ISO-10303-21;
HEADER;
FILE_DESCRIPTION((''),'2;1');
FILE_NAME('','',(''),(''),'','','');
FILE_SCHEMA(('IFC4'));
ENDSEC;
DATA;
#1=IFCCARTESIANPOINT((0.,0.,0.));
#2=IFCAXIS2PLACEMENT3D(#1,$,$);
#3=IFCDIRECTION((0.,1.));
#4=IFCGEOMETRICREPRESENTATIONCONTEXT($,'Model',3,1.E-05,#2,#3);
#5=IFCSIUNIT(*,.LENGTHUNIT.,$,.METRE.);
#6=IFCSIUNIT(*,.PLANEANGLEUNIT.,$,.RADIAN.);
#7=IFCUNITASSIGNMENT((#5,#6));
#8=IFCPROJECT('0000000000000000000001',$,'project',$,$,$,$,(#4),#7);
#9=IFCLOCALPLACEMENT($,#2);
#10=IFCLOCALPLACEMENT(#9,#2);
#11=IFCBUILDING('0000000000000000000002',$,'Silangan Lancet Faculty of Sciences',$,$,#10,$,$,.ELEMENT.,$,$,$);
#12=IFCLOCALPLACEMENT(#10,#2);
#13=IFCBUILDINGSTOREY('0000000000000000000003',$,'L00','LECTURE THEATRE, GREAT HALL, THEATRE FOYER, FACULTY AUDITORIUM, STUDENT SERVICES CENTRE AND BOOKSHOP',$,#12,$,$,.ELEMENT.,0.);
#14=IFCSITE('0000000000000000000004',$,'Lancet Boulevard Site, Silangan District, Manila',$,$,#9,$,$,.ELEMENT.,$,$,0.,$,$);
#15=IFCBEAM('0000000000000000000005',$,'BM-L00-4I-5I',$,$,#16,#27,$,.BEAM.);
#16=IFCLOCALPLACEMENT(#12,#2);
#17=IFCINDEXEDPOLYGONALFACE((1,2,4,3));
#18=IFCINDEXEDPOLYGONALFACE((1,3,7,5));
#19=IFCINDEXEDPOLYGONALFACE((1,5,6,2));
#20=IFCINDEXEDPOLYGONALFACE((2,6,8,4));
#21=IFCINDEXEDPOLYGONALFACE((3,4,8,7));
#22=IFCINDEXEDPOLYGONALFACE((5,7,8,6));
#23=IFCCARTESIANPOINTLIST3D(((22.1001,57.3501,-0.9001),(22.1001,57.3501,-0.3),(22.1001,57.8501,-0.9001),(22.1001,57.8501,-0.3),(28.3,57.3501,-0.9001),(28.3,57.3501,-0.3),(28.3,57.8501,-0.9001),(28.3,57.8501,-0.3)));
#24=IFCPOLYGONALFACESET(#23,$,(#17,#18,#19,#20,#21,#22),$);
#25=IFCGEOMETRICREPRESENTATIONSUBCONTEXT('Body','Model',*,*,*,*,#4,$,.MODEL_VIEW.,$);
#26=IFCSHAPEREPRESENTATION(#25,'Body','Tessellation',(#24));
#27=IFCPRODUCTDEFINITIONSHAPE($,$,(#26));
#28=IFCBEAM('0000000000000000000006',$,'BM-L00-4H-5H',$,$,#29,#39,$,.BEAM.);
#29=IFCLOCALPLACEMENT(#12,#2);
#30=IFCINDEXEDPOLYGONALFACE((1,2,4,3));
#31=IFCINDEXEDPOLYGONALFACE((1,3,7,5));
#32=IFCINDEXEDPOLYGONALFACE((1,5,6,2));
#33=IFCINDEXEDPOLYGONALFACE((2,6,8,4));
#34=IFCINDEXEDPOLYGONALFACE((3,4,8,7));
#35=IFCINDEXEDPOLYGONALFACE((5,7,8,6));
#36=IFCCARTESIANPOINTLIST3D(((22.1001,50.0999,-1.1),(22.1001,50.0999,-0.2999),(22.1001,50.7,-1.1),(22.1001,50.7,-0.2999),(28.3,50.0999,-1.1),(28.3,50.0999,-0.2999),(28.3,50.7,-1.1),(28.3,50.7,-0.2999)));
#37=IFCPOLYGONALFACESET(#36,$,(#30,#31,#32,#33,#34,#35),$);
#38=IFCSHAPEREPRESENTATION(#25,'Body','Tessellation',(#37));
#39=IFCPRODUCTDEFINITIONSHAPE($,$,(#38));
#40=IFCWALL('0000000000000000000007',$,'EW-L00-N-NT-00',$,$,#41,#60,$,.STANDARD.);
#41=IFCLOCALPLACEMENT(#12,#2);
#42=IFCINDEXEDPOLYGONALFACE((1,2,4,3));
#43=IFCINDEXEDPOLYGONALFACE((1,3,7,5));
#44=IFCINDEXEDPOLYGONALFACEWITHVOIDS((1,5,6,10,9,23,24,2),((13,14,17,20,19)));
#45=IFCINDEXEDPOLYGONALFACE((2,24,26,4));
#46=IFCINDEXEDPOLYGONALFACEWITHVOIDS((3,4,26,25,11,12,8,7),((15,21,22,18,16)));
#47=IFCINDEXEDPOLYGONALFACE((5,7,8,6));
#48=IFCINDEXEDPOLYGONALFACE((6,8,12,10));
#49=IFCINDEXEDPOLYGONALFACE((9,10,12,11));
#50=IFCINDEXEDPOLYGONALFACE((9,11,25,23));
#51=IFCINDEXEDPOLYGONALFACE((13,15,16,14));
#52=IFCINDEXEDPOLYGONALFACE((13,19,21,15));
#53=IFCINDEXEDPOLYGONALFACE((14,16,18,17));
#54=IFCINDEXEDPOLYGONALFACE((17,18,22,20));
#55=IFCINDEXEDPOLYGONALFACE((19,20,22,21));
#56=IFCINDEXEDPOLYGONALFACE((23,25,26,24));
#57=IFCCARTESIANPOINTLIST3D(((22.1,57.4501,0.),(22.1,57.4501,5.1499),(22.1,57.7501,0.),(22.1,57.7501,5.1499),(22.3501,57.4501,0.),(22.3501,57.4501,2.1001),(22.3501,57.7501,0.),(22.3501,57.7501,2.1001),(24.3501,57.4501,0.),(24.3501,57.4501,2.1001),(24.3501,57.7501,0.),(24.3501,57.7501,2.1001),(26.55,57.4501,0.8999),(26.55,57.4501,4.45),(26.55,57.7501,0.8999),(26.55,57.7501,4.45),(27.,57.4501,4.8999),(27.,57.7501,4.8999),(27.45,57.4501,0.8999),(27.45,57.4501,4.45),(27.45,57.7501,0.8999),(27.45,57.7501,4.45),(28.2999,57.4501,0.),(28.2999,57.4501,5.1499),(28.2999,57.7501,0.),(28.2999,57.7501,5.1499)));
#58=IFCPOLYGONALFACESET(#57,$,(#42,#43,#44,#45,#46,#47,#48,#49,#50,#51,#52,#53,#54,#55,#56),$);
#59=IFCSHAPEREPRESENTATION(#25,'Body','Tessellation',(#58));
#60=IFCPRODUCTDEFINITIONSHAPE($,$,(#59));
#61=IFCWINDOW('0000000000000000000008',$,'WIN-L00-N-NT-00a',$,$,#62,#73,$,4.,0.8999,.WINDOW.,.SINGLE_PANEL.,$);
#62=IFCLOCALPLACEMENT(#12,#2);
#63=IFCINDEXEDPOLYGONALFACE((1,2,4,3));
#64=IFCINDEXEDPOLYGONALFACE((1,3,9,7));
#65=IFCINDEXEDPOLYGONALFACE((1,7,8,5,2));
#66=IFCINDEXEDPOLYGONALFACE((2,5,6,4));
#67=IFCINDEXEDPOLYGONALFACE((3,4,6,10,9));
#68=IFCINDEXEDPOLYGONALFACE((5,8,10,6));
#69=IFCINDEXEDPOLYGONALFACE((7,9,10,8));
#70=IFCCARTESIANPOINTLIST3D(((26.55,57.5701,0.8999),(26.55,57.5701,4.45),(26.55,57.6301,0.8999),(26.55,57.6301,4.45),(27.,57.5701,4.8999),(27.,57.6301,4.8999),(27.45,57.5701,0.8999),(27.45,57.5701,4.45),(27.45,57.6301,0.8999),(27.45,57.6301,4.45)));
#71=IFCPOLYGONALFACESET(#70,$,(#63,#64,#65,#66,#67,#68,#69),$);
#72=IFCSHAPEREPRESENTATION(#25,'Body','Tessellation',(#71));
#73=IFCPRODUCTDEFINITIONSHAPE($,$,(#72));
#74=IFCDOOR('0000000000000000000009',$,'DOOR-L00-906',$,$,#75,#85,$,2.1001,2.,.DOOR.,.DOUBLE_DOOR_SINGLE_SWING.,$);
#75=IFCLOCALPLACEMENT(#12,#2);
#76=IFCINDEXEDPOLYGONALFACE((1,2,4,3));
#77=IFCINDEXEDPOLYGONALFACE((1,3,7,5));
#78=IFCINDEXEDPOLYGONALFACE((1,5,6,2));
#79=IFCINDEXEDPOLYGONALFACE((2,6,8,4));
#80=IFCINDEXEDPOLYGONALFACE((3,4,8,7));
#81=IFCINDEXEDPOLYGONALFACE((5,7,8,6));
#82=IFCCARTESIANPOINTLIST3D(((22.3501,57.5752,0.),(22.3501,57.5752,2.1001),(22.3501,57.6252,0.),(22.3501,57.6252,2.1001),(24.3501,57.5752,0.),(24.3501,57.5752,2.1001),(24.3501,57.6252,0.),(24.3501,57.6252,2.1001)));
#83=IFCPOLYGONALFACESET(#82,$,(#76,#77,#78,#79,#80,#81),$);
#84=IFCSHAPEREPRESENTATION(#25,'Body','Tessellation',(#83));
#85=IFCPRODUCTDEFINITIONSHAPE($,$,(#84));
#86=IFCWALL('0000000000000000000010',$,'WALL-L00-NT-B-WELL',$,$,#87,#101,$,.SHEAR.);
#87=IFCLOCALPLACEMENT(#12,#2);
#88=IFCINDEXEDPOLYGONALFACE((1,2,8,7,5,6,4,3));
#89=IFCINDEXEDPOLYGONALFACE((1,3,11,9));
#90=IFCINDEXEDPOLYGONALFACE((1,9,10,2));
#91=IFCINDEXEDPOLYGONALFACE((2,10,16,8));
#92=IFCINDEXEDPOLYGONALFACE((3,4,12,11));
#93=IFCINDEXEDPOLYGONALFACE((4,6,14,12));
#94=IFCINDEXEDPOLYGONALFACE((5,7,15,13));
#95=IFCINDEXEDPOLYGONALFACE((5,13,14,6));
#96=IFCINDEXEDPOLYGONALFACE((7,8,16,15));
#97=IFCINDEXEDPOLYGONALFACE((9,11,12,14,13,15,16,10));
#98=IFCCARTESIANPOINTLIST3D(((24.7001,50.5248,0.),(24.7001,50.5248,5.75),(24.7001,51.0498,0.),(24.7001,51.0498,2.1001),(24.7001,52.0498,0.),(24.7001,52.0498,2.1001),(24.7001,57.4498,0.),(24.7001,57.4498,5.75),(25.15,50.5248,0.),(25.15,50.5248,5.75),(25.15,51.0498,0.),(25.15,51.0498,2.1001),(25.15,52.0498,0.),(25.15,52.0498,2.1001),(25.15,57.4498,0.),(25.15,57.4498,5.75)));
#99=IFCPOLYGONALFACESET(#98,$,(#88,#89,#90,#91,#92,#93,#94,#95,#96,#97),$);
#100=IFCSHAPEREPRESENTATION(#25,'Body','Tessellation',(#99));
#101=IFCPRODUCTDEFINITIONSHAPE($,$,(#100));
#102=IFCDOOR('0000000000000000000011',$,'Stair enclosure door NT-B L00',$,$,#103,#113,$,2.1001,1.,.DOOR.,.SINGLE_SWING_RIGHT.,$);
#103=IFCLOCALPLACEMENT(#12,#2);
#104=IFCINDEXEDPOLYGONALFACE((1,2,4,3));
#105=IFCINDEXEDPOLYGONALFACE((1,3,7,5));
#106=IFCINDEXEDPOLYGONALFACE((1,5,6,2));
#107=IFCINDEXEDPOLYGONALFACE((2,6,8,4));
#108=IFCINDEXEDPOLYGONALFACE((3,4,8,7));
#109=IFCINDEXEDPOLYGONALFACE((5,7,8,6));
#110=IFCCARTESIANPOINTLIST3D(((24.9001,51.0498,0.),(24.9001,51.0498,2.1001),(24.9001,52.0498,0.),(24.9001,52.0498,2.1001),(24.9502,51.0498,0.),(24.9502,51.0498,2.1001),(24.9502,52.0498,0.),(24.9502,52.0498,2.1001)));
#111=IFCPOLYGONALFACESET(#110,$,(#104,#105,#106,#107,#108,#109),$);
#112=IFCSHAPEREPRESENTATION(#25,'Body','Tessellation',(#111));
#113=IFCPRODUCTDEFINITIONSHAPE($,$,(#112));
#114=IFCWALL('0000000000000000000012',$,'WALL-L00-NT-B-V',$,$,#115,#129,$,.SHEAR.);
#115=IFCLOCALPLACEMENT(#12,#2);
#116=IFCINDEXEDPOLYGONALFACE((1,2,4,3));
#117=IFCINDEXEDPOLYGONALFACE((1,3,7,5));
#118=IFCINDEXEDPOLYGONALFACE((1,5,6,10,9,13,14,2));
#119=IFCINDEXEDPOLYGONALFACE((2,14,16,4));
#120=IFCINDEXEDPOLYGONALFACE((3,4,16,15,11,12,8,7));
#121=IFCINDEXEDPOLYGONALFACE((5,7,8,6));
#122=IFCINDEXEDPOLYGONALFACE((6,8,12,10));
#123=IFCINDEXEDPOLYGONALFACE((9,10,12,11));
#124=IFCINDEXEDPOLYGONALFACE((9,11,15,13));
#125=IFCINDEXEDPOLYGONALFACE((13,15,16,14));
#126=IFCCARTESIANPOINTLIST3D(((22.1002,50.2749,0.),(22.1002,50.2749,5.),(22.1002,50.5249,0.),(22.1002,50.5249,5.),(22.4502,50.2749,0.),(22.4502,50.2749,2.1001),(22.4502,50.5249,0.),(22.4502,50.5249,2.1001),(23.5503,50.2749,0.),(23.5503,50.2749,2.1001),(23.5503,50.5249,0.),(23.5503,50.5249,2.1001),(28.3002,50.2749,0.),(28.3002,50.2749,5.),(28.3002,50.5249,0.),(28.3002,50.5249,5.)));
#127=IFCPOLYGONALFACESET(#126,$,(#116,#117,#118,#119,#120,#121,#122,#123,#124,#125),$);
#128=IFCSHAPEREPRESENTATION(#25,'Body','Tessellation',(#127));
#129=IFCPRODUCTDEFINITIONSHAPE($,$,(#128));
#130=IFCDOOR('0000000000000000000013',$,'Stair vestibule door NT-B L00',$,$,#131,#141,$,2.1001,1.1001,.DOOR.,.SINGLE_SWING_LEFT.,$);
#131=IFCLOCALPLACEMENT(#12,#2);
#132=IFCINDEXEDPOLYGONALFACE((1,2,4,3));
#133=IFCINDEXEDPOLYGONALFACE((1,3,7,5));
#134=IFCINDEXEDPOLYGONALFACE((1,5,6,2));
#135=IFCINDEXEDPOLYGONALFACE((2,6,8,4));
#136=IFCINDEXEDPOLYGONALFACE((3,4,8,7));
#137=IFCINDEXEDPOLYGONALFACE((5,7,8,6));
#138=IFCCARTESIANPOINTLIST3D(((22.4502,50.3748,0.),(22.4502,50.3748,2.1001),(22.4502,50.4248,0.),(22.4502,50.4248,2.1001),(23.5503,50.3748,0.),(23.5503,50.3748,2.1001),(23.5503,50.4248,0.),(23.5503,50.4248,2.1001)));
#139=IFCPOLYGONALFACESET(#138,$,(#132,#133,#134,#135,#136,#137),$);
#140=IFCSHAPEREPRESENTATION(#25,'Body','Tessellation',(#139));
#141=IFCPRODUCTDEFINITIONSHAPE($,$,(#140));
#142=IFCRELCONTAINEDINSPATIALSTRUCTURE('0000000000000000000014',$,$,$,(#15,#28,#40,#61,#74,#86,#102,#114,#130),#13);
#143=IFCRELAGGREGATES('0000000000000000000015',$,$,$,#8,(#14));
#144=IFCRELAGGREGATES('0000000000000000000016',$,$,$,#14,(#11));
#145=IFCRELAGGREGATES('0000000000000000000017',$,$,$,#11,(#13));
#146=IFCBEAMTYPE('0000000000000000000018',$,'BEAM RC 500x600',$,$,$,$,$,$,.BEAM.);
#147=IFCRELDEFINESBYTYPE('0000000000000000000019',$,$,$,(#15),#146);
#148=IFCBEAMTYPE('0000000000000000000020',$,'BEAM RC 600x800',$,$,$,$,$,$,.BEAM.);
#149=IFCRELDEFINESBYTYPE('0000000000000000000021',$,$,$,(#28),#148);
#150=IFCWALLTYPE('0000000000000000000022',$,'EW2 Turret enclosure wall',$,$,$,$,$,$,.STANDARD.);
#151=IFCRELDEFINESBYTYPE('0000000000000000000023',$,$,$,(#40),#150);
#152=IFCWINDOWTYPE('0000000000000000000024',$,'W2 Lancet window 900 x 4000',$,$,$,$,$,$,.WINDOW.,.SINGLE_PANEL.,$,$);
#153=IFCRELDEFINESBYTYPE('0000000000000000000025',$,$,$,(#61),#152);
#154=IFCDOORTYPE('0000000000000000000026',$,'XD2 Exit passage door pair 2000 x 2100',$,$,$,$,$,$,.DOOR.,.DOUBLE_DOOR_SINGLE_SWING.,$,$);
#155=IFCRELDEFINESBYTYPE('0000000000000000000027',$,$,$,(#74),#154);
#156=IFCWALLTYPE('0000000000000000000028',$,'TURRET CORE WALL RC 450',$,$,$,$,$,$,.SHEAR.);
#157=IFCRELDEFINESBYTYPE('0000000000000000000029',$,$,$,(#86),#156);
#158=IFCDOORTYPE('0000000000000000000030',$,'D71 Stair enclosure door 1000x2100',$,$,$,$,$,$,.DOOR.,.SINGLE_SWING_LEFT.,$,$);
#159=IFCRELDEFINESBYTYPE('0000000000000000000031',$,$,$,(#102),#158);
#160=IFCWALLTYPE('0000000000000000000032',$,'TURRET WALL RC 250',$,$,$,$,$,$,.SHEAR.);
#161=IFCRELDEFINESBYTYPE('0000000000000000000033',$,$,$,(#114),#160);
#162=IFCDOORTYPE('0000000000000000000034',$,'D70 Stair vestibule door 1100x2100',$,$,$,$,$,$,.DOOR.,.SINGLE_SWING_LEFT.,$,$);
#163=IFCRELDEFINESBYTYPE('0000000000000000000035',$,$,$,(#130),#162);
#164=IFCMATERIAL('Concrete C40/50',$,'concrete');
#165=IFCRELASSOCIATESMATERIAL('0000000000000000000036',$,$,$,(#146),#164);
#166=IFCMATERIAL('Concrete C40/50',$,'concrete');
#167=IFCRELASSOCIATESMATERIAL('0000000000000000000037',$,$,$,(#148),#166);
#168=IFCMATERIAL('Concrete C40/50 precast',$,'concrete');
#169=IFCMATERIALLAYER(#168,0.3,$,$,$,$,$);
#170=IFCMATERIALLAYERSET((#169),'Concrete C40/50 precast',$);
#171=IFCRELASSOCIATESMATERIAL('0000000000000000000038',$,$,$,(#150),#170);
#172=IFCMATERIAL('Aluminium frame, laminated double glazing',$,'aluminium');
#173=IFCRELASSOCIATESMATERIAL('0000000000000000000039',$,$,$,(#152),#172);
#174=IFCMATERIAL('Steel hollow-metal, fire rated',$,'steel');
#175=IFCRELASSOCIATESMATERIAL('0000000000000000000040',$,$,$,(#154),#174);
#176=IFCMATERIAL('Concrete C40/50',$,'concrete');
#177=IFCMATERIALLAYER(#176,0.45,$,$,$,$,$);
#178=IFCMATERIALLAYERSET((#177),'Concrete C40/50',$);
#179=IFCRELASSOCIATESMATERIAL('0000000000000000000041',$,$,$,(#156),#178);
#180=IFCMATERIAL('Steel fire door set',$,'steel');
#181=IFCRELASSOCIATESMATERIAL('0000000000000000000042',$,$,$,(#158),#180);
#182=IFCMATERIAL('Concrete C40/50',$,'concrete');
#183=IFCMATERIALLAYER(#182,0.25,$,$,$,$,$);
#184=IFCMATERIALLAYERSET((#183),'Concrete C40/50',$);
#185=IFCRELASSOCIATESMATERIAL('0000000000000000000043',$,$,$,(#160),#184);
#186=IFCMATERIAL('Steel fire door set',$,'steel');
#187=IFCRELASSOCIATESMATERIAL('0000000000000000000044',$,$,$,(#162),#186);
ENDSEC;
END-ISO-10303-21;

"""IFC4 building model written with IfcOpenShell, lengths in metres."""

from ifc_helpers import new_model, si_unit, direction, frame, frame_2d, origin, origin_2d, place, context, subcontext, project, spatial, polyline, rectangle, outline, extrude, material, layer, layer_set, material_profile, profile_set, type_object, element, fill, save


model = new_model("IFC4")

# Units and contexts
model_context = context("Model", 3, precision=1e-05, world=origin(), true_north=direction((0.0, 1.0)))
body_context = subcontext(model_context, "Body", "Model", "MODEL_VIEW")
ifc_project = project(units=[si_unit("LENGTHUNIT", "METRE"), si_unit("PLANEANGLEUNIT", "RADIAN")], contexts=[model_context])

# Site, building, storey
site_placement = place(None, origin())
site = spatial("IfcSite", under=ifc_project, at=site_placement, Name="Lancet Boulevard Site, Silangan District, Manila", CompositionType="ELEMENT", RefElevation=0.0)
building_placement = place(site_placement, origin())
building = spatial("IfcBuilding", under=site, at=building_placement, Name="Silangan Lancet Faculty of Sciences", CompositionType="ELEMENT")
storey_placement = place(building_placement, origin())
storey = spatial("IfcBuildingStorey", under=building, at=storey_placement, Name="L00", Description="LECTURE THEATRE, GREAT HALL, THEATRE FOYER, FACULTY AUDITORIUM, STUDENT SERVICES CENTRE AND BOOKSHOP", CompositionType="ELEMENT", Elevation=0.0)

# Beams
ifc_material_1 = material(Name="Concrete C40/50", Category="concrete")
ifc_material_profile_1 = material_profile(ifc_material_1, rectangle(XDim=0.5, YDim=0.6001, at=origin_2d()), Name="RC 500x600")
ifc_profile_set_1 = profile_set([ifc_material_profile_1], Name="Concrete C40/50")
beam_type_1 = type_object("IfcBeamType", Name="BEAM RC 500x600", PredefinedType="BEAM", material=ifc_profile_set_1)
beam_1_placement = place(storey_placement, frame((22.1001, 57.6001, -0.6001), z_axis=(1.0, 0.0, 0.0), x_axis=(0.0, 1.0, 0.0)))
element("IfcBeam", 1, at=beam_1_placement, inside=storey, type_object=beam_type_1, Name="BM-L00-4I-5I", PredefinedType="BEAM", context=body_context, shape_type="SweptSolid", body=[
    extrude(rectangle(XDim=0.5, YDim=0.6001, at=origin_2d()), origin(), (0.0, 0.0, 1.0), 6.2),
])
ifc_material_2 = material(Name="Concrete C40/50", Category="concrete")
ifc_material_profile_2 = material_profile(ifc_material_2, rectangle(XDim=0.6001, YDim=0.8, at=origin_2d()), Name="RC 600x800")
ifc_profile_set_2 = profile_set([ifc_material_profile_2], Name="Concrete C40/50")
beam_type_2 = type_object("IfcBeamType", Name="BEAM RC 600x800", PredefinedType="BEAM", material=ifc_profile_set_2)
beam_2_placement = place(storey_placement, frame((22.1001, 50.3999, -0.7), z_axis=(1.0, 0.0, 0.0), x_axis=(0.0, 1.0, 0.0)))
element("IfcBeam", 2, at=beam_2_placement, inside=storey, type_object=beam_type_2, Name="BM-L00-4H-5H", PredefinedType="BEAM", context=body_context, shape_type="SweptSolid", body=[
    extrude(rectangle(XDim=0.6001, YDim=0.8, at=origin_2d()), origin(), (0.0, 0.0, 1.0), 6.2),
])

# Wall, openings, window, door
ifc_material_3 = material(Name="Concrete C40/50 precast", Category="concrete")
ifc_layer_1 = layer(ifc_material_3, 0.3)
ifc_layer_set_1 = layer_set([ifc_layer_1], Name="Concrete C40/50 precast")
wall_type_1 = type_object("IfcWallType", Name="EW2 Turret enclosure wall", PredefinedType="STANDARD", material=ifc_layer_set_1)
wall_1_placement = place(storey_placement, frame((28.3, 57.6001, 0.0), z_axis=(0.0, 0.0, 1.0), x_axis=(-1.0, 0.0, 0.0)))
wall_1 = element("IfcWall", 3, at=wall_1_placement, inside=storey, type_object=wall_type_1, Name="EW-L00-N-NT-00", PredefinedType="STANDARD", context=body_context, shape_type="SweptSolid", body=[
    extrude(rectangle(XDim=6.2, YDim=0.3, at=frame_2d((3.1001, 0.0))), origin(), (0.0, 0.0, 1.0), 5.1499),
])
opening_1_placement = place(wall_1_placement, frame((3.95, 0.0, 0.0)))
opening_1 = element("IfcOpeningElement", 4, at=opening_1_placement, cuts=wall_1, PredefinedType="OPENING", context=body_context, shape_type="SweptSolid", body=[
    extrude(rectangle(XDim=2.0, YDim=2.1001, at=frame_2d((1.0, 1.05))), frame((0.0, 0.1599, 0.0), z_axis=(0.0, -1.0, 0.0), x_axis=(1.0, 0.0, 0.0)), (0.0, 0.0, 1.0), 0.3201),
])
opening_2_placement = place(wall_1_placement, frame((0.8501, 0.0, 0.8999)))
opening_2 = element("IfcOpeningElement", 5, at=opening_2_placement, cuts=wall_1, PredefinedType="OPENING", context=body_context, shape_type="SweptSolid", body=[
    extrude(outline(polyline([(0.0, 0.0), (0.8999, 0.0), (0.8999, 3.55), (0.45, 4.0), (0.0, 3.55), (0.0, 0.0)])), frame((0.0, 0.1599, 0.0), z_axis=(0.0, -1.0, 0.0), x_axis=(1.0, 0.0, 0.0)), (0.0, 0.0, 1.0), 0.3201),
])
ifc_material_4 = material(Name="Aluminium frame, laminated double glazing", Category="aluminium")
window_type = type_object("IfcWindowType", Name="W2 Lancet window 900 x 4000", PartitioningType="SINGLE_PANEL", PredefinedType="WINDOW", material=ifc_material_4)
window_placement = place(opening_2_placement, origin())
window = element("IfcWindow", 6, at=window_placement, inside=storey, type_object=window_type, Name="WIN-L00-N-NT-00a", OverallHeight=4.0, OverallWidth=0.8999, PartitioningType="SINGLE_PANEL", PredefinedType="WINDOW", context=body_context, shape_type="SweptSolid", body=[
    extrude(outline(polyline([(0.0, 0.0), (0.8999, 0.0), (0.8999, 3.55), (0.45, 4.0), (0.0, 3.55), (0.0, 0.0)])), frame((0.0, 0.03, 0.0), z_axis=(0.0, -1.0, 0.0), x_axis=(1.0, 0.0, 0.0)), (0.0, 0.0, 1.0), 0.0601),
])
fill(opening_2, window)
ifc_material_5 = material(Name="Steel hollow-metal, fire rated", Category="steel")
door_type_1 = type_object("IfcDoorType", Name="XD2 Exit passage door pair 2000 x 2100", OperationType="DOUBLE_DOOR_SINGLE_SWING", PredefinedType="DOOR", material=ifc_material_5)
door_1_placement = place(opening_1_placement, frame((2.0, 0.0, 0.0), z_axis=(0.0, 0.0, 1.0), x_axis=(-1.0, 0.0, 0.0)))
door_1 = element("IfcDoor", 7, at=door_1_placement, inside=storey, type_object=door_type_1, Name="DOOR-L00-906", OperationType="DOUBLE_DOOR_SINGLE_SWING", OverallHeight=2.1001, OverallWidth=2.0, PredefinedType="DOOR", context=body_context, shape_type="SweptSolid", body=[
    extrude(rectangle(XDim=2.0, YDim=2.1001, at=frame_2d((1.0, 1.05))), frame((0.0, 0.0251, 0.0), z_axis=(0.0, -1.0, 0.0), x_axis=(1.0, 0.0, 0.0)), (0.0, 0.0, 1.0), 0.05),
])
fill(opening_1, door_1)

# Walls, openings, doors
ifc_material_6 = material(Name="Concrete C40/50", Category="concrete")
ifc_layer_2 = layer(ifc_material_6, 0.45)
ifc_layer_set_2 = layer_set([ifc_layer_2], Name="Concrete C40/50")
wall_type_2 = type_object("IfcWallType", Name="TURRET CORE WALL RC 450", PredefinedType="SHEAR", material=ifc_layer_set_2)
wall_2_placement = place(storey_placement, frame((24.925, 50.5249, 0.0), z_axis=(0.0, 0.0, 1.0), x_axis=(0.0, 1.0, 0.0)))
wall_2 = element("IfcWall", 8, at=wall_2_placement, inside=storey, type_object=wall_type_2, Name="WALL-L00-NT-B-WELL", PredefinedType="SHEAR", context=body_context, shape_type="SweptSolid", body=[
    extrude(rectangle(XDim=6.925, YDim=0.45, at=frame_2d((3.4624, 0.0))), origin(), (0.0, 0.0, 1.0), 5.75),
])
opening_3_placement = place(wall_2_placement, frame((0.5249, 0.0, 0.0)))
opening_3 = element("IfcOpeningElement", 9, at=opening_3_placement, cuts=wall_2, PredefinedType="OPENING", context=body_context, shape_type="SweptSolid", body=[
    extrude(rectangle(XDim=1.0, YDim=2.1001, at=frame_2d((0.5, 1.05))), frame((0.0, 0.2349, 0.0), z_axis=(0.0, -1.0, 0.0), x_axis=(1.0, 0.0, 0.0)), (0.0, 0.0, 1.0), 0.47),
])
ifc_material_7 = material(Name="Steel fire door set", Category="steel")
door_type_2 = type_object("IfcDoorType", Name="D71 Stair enclosure door 1000x2100", OperationType="SINGLE_SWING_LEFT", PredefinedType="DOOR", material=ifc_material_7)
door_2_placement = place(opening_3_placement, frame((1.0, 0.0, 0.0), z_axis=(0.0, 0.0, 1.0), x_axis=(-1.0, 0.0, 0.0)))
door_2 = element("IfcDoor", 10, at=door_2_placement, inside=storey, type_object=door_type_2, Name="Stair enclosure door NT-B L00", OperationType="SINGLE_SWING_RIGHT", OverallHeight=2.1001, OverallWidth=1.0, PredefinedType="DOOR", context=body_context, shape_type="SweptSolid", body=[
    extrude(rectangle(XDim=1.0, YDim=2.1001, at=frame_2d((0.5, 1.05))), frame((0.0, 0.0251, 0.0), z_axis=(0.0, -1.0, 0.0), x_axis=(1.0, 0.0, 0.0)), (0.0, 0.0, 1.0), 0.05),
])
fill(opening_3, door_2)
ifc_material_8 = material(Name="Concrete C40/50", Category="concrete")
ifc_layer_3 = layer(ifc_material_8, 0.25)
ifc_layer_set_3 = layer_set([ifc_layer_3], Name="Concrete C40/50")
wall_type_3 = type_object("IfcWallType", Name="TURRET WALL RC 250", PredefinedType="SHEAR", material=ifc_layer_set_3)
wall_3_placement = place(storey_placement, frame((22.1001, 50.3999, 0.0), z_axis=(0.0, 0.0, 1.0), x_axis=(1.0, 0.0, 0.0)))
wall_3 = element("IfcWall", 11, at=wall_3_placement, inside=storey, type_object=wall_type_3, Name="WALL-L00-NT-B-V", PredefinedType="SHEAR", context=body_context, shape_type="SweptSolid", body=[
    extrude(rectangle(XDim=6.2, YDim=0.25, at=frame_2d((3.1001, 0.0))), origin(), (0.0, 0.0, 1.0), 5.0),
])
opening_4_placement = place(wall_3_placement, frame((0.3501, 0.0, 0.0)))
opening_4 = element("IfcOpeningElement", 12, at=opening_4_placement, cuts=wall_3, PredefinedType="OPENING", context=body_context, shape_type="SweptSolid", body=[
    extrude(rectangle(XDim=1.1001, YDim=2.1001, at=frame_2d((0.55, 1.05))), frame((0.0, 0.135, 0.0), z_axis=(0.0, -1.0, 0.0), x_axis=(1.0, 0.0, 0.0)), (0.0, 0.0, 1.0), 0.27),
])
ifc_material_9 = material(Name="Steel fire door set", Category="steel")
door_type_3 = type_object("IfcDoorType", Name="D70 Stair vestibule door 1100x2100", OperationType="SINGLE_SWING_LEFT", PredefinedType="DOOR", material=ifc_material_9)
door_3_placement = place(opening_4_placement, origin())
door_3 = element("IfcDoor", 13, at=door_3_placement, inside=storey, type_object=door_type_3, Name="Stair vestibule door NT-B L00", OperationType="SINGLE_SWING_LEFT", OverallHeight=2.1001, OverallWidth=1.1001, PredefinedType="DOOR", context=body_context, shape_type="SweptSolid", body=[
    extrude(rectangle(XDim=1.1001, YDim=2.1001, at=frame_2d((0.55, 1.05))), frame((0.0, 0.0249, 0.0), z_axis=(0.0, -1.0, 0.0), x_axis=(1.0, 0.0, 0.0)), (0.0, 0.0, 1.0), 0.05),
])
fill(opening_4, door_3)

save(model, "model.ifc")
